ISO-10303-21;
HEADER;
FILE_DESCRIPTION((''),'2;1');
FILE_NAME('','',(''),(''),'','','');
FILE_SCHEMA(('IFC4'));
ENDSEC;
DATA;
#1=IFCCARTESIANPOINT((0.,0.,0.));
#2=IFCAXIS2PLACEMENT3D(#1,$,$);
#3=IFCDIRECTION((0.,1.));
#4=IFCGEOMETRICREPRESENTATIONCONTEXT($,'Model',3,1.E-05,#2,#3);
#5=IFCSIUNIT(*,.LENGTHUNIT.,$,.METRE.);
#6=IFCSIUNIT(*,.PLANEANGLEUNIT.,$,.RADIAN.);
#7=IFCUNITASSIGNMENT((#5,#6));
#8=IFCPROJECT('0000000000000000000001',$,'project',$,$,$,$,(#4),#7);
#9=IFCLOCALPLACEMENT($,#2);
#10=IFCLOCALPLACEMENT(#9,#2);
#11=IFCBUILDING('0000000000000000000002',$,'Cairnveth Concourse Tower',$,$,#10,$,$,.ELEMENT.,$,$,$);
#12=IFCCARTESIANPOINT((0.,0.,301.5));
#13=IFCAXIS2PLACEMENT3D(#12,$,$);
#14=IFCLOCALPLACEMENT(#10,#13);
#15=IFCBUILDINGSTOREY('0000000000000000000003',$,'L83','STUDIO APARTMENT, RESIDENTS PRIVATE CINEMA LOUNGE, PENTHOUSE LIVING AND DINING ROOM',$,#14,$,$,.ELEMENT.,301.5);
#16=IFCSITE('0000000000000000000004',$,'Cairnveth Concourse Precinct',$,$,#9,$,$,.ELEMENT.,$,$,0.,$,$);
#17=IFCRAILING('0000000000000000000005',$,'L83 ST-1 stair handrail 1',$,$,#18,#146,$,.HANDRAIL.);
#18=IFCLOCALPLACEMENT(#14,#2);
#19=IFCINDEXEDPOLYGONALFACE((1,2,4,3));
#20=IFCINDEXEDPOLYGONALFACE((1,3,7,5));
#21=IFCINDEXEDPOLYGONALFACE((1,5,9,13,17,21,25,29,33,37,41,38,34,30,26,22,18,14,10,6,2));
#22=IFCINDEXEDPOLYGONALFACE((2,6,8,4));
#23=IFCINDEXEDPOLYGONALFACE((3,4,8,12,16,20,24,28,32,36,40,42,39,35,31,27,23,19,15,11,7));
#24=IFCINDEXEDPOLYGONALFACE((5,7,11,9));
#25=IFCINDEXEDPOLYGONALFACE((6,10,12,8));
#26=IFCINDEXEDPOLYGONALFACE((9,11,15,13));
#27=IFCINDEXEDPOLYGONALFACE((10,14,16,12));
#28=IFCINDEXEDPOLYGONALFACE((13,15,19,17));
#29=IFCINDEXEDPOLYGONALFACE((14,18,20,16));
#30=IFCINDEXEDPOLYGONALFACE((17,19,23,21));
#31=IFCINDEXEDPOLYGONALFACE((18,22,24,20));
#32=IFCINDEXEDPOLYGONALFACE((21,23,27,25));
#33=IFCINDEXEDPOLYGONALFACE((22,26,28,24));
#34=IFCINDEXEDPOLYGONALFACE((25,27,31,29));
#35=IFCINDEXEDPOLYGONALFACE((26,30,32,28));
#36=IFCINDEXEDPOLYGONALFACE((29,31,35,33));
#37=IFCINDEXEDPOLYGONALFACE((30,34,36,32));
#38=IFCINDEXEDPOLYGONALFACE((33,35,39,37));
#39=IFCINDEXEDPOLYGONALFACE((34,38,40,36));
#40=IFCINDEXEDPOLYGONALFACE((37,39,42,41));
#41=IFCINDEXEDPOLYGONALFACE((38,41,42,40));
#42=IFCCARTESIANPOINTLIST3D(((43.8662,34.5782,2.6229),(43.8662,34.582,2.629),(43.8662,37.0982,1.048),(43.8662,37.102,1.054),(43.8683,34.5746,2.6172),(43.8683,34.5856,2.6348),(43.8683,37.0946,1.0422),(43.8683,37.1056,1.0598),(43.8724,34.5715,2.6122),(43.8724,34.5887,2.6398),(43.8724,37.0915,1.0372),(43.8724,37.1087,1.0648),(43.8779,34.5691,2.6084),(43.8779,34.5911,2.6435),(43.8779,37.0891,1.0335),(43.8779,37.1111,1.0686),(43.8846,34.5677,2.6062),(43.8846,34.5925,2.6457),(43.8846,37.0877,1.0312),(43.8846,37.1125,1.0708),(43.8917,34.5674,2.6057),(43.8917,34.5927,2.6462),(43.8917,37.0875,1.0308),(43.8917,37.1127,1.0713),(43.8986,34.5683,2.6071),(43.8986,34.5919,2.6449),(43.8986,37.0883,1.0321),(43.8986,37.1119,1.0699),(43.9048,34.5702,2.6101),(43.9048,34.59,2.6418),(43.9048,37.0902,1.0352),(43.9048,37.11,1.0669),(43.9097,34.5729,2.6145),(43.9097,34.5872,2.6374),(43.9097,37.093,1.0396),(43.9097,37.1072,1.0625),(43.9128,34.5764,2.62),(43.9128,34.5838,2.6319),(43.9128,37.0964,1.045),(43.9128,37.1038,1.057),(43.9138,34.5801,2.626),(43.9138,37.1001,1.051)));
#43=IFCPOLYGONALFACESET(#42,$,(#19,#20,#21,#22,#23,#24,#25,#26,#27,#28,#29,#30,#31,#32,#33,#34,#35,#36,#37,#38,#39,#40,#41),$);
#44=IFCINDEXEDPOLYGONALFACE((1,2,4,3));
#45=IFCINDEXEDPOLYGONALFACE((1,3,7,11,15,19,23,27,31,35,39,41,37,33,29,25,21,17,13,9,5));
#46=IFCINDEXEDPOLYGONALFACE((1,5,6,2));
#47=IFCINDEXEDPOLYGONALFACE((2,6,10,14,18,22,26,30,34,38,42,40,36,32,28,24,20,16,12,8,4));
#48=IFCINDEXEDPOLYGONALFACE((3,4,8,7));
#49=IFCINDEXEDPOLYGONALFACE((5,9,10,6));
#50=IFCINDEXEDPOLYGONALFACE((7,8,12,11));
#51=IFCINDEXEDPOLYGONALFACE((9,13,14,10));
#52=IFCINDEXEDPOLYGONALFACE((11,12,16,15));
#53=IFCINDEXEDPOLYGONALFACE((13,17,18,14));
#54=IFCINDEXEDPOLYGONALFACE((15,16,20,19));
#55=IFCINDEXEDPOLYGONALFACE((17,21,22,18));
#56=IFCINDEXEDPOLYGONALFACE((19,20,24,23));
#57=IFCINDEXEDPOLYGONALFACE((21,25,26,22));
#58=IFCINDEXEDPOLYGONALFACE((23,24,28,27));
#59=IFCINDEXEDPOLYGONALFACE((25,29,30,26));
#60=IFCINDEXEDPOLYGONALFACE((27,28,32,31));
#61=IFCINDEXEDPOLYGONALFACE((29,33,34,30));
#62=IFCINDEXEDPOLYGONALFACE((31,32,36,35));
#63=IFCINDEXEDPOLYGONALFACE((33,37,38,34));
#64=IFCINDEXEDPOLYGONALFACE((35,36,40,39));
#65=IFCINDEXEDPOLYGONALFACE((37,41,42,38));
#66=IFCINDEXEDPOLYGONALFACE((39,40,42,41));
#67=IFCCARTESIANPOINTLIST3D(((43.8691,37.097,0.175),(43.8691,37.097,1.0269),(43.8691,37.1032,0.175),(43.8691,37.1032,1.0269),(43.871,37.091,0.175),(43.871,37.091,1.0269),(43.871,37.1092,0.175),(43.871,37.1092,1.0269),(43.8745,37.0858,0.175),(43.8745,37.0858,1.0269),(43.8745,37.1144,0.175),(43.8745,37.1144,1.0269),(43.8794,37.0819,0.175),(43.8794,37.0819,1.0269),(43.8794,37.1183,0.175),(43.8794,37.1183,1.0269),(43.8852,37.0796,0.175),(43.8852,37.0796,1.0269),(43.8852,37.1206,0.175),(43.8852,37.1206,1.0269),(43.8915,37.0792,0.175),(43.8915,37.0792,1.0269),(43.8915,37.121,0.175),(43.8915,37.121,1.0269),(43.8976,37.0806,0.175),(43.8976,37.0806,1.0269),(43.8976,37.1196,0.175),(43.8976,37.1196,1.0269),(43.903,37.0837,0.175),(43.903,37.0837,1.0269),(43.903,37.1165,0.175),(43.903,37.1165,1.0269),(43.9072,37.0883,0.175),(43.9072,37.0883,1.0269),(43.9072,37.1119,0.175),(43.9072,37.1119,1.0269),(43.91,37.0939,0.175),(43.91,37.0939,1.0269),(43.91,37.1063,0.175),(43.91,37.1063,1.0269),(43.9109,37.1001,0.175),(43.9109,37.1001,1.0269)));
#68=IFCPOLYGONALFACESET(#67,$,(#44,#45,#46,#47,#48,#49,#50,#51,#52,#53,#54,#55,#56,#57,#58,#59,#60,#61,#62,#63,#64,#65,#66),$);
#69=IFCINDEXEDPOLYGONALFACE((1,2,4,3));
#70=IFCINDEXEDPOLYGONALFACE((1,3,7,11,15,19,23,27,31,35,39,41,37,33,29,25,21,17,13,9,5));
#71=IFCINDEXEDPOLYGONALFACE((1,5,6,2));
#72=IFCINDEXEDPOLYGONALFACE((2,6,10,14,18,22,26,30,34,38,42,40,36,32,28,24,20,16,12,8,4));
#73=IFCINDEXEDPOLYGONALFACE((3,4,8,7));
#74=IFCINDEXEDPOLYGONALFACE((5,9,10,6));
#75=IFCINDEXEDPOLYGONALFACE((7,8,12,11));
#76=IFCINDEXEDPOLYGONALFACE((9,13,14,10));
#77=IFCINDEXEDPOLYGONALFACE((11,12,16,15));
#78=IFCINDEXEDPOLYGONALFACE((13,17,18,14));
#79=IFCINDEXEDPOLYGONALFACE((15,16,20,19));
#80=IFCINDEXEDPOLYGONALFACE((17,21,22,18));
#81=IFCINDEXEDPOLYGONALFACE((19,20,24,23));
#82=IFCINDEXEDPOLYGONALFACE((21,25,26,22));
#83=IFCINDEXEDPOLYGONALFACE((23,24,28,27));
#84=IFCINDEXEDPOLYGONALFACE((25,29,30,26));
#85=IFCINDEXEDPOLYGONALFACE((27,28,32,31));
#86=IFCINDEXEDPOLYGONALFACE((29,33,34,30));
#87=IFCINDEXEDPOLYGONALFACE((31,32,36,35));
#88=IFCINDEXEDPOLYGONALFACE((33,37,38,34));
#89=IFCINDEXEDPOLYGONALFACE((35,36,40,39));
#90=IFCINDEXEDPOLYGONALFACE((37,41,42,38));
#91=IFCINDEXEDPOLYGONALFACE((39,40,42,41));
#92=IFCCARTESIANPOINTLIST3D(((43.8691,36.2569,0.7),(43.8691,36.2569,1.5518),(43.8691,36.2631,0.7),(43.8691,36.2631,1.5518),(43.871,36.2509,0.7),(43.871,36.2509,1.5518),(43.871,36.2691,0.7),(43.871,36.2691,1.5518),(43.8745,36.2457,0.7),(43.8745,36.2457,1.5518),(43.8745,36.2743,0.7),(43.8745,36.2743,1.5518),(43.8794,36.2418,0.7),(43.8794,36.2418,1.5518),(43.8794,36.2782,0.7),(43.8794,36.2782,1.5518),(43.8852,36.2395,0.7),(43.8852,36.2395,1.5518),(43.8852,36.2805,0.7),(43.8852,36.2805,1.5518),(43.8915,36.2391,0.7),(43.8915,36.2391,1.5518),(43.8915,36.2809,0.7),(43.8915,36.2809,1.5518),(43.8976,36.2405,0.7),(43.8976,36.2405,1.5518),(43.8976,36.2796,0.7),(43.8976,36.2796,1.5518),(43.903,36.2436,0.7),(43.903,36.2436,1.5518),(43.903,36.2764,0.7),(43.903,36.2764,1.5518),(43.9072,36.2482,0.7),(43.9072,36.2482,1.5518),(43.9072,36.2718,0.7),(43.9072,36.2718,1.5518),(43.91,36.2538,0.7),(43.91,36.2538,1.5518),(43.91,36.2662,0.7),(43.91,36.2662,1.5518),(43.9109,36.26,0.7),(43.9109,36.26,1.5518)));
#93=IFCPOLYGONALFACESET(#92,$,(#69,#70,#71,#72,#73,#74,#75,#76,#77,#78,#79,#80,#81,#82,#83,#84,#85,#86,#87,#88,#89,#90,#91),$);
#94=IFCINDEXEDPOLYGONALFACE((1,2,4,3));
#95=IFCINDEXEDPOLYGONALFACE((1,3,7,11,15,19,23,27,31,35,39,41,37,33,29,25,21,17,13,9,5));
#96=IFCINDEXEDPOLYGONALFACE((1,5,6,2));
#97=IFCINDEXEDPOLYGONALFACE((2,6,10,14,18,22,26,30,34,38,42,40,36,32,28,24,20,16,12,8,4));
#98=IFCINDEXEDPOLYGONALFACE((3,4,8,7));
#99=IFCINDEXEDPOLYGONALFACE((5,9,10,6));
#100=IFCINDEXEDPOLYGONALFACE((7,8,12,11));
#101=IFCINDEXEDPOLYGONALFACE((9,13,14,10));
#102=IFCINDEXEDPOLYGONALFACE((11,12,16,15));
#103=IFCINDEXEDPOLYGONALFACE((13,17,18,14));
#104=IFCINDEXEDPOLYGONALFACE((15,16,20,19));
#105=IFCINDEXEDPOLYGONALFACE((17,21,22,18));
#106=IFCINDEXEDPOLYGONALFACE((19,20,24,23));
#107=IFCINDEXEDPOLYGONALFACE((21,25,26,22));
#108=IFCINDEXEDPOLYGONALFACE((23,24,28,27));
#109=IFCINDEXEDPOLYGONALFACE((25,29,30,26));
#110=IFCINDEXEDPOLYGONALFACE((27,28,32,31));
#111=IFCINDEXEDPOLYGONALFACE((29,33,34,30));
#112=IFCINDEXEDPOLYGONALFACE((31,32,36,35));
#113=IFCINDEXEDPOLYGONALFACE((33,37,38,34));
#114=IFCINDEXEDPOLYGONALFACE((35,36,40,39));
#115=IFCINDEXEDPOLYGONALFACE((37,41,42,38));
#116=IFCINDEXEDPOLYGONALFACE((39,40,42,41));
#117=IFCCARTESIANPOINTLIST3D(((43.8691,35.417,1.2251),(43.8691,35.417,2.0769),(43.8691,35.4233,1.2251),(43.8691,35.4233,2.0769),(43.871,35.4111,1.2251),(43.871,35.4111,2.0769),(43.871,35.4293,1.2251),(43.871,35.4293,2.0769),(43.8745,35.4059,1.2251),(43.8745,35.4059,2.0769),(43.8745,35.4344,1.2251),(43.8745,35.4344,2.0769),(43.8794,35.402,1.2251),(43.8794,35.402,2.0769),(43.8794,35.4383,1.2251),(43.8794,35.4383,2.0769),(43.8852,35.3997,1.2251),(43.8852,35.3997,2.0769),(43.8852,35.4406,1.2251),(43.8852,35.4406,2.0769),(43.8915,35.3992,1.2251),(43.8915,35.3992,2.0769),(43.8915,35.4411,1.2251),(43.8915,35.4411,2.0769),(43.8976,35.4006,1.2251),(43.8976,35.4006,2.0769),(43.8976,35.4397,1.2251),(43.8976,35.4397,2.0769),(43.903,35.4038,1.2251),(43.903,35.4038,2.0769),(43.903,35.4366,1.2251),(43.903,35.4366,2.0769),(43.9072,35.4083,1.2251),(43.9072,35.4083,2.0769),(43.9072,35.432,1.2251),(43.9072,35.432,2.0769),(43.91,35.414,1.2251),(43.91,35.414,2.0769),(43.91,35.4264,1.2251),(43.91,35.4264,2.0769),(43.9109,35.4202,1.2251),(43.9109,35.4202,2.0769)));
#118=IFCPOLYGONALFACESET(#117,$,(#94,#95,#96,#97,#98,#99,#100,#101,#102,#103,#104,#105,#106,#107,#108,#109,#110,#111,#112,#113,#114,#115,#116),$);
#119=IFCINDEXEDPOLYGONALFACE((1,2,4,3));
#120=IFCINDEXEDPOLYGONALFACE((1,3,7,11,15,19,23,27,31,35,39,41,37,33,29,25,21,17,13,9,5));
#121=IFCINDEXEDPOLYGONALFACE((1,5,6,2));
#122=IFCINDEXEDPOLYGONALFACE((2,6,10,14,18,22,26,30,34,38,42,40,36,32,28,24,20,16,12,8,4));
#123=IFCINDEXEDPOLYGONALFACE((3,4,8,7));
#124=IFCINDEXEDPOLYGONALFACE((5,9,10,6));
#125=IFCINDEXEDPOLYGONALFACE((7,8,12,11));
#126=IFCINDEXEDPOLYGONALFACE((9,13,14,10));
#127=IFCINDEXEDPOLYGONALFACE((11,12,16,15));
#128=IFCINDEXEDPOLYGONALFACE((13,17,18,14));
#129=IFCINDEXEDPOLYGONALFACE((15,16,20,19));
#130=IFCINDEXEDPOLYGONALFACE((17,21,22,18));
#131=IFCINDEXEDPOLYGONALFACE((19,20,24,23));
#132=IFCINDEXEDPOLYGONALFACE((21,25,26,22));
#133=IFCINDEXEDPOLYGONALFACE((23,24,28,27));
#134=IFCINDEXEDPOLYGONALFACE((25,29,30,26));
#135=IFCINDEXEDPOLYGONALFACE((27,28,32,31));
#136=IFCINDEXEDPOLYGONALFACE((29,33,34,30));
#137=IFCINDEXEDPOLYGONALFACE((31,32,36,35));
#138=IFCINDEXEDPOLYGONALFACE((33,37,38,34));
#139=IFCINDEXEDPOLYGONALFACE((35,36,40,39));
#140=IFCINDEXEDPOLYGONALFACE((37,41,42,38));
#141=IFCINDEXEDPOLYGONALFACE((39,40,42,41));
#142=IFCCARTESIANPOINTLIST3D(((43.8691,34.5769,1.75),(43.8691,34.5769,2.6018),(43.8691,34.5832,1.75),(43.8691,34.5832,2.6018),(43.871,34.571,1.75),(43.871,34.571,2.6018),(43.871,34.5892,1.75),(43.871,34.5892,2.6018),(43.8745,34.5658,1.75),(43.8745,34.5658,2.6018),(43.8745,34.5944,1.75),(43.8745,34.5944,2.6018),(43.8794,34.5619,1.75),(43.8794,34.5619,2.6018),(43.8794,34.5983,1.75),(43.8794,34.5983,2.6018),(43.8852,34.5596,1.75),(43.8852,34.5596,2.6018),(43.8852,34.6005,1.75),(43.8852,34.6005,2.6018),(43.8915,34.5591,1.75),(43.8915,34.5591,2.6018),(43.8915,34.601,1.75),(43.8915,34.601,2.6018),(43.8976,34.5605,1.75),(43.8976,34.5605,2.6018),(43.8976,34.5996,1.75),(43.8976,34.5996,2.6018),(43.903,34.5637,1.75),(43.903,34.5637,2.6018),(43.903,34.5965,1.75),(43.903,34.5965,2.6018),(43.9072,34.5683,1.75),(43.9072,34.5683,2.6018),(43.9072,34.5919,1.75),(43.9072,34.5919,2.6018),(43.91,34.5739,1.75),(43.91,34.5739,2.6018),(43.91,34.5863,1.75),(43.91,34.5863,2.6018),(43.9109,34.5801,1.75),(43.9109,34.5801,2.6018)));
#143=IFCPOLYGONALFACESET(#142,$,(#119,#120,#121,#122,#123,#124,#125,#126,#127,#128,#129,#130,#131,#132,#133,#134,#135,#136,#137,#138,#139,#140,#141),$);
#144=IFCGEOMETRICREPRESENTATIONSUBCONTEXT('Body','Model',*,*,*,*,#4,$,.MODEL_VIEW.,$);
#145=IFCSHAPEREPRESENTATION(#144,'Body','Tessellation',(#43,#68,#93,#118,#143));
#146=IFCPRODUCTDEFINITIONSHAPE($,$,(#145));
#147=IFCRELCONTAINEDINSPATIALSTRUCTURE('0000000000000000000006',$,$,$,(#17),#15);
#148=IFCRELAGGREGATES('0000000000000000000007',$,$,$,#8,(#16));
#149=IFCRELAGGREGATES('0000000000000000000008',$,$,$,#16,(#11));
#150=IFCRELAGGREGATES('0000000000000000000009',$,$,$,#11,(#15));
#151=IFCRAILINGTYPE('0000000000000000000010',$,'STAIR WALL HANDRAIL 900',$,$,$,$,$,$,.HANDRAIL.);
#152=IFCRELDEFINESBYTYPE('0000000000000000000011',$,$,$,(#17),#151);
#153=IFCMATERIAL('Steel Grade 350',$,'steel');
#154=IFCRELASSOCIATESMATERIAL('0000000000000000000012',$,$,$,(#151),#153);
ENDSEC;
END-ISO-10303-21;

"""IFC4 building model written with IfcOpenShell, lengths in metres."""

from ifc_helpers import new_model, si_unit, direction, frame, origin, origin_2d, place, context, subcontext, project, spatial, circle, extrude, material, type_object, element, save


model = new_model("IFC4")

# Units and contexts
model_context = context("Model", 3, precision=1e-05, world=origin(), true_north=direction((0.0, 1.0)))
body_context = subcontext(model_context, "Body", "Model", "MODEL_VIEW")
ifc_project = project(units=[si_unit("LENGTHUNIT", "METRE"), si_unit("PLANEANGLEUNIT", "RADIAN")], contexts=[model_context])

# Site, building, storey
site_placement = place(None, origin())
site = spatial("IfcSite", under=ifc_project, at=site_placement, Name="Cairnveth Concourse Precinct", CompositionType="ELEMENT", RefElevation=0.0)
building_placement = place(site_placement, origin())
building = spatial("IfcBuilding", under=site, at=building_placement, Name="Cairnveth Concourse Tower", CompositionType="ELEMENT")
storey_placement = place(building_placement, frame((0.0, 0.0, 301.5)))
storey = spatial("IfcBuildingStorey", under=building, at=storey_placement, Name="L83", Description="STUDIO APARTMENT, RESIDENTS PRIVATE CINEMA LOUNGE, PENTHOUSE LIVING AND DINING ROOM", CompositionType="ELEMENT", Elevation=301.5)

# Shared definitions
ifc_material_1 = material(Name="Steel Grade 350", Category="steel")

# Railing
railing_type_1 = type_object("IfcRailingType", Name="STAIR WALL HANDRAIL 900", PredefinedType="HANDRAIL", material=ifc_material_1)
railing_1_placement = place(storey_placement, frame((43.8899, 37.1001, 0.175)))
element("IfcRailing", 1, at=railing_1_placement, inside=storey, type_object=railing_type_1, Name="L83 ST-1 stair handrail 1", PredefinedType="HANDRAIL", context=body_context, shape_type="SweptSolid", body=[
    extrude(circle(Radius=0.0239, at=origin_2d()), frame((0.0, 0.0, 0.876), z_axis=(0.0, -0.848008, 0.529984), x_axis=(1.0, 0.0, 0.0)), (0.0, 0.0, 1.0), 2.9717),
    extrude(circle(Radius=0.021, at=origin_2d()), origin(), (0.0, 0.0, 1.0), 0.8518),
    extrude(circle(Radius=0.021, at=origin_2d()), frame((0.0, -0.8401, 0.5249)), (0.0, 0.0, 1.0), 0.8518),
    extrude(circle(Radius=0.021, at=origin_2d()), frame((0.0, -1.6799, 1.05)), (0.0, 0.0, 1.0), 0.8518),
    extrude(circle(Radius=0.021, at=origin_2d()), frame((0.0, -2.52, 1.575)), (0.0, 0.0, 1.0), 0.8518),
])

save(model, "model.ifc")
